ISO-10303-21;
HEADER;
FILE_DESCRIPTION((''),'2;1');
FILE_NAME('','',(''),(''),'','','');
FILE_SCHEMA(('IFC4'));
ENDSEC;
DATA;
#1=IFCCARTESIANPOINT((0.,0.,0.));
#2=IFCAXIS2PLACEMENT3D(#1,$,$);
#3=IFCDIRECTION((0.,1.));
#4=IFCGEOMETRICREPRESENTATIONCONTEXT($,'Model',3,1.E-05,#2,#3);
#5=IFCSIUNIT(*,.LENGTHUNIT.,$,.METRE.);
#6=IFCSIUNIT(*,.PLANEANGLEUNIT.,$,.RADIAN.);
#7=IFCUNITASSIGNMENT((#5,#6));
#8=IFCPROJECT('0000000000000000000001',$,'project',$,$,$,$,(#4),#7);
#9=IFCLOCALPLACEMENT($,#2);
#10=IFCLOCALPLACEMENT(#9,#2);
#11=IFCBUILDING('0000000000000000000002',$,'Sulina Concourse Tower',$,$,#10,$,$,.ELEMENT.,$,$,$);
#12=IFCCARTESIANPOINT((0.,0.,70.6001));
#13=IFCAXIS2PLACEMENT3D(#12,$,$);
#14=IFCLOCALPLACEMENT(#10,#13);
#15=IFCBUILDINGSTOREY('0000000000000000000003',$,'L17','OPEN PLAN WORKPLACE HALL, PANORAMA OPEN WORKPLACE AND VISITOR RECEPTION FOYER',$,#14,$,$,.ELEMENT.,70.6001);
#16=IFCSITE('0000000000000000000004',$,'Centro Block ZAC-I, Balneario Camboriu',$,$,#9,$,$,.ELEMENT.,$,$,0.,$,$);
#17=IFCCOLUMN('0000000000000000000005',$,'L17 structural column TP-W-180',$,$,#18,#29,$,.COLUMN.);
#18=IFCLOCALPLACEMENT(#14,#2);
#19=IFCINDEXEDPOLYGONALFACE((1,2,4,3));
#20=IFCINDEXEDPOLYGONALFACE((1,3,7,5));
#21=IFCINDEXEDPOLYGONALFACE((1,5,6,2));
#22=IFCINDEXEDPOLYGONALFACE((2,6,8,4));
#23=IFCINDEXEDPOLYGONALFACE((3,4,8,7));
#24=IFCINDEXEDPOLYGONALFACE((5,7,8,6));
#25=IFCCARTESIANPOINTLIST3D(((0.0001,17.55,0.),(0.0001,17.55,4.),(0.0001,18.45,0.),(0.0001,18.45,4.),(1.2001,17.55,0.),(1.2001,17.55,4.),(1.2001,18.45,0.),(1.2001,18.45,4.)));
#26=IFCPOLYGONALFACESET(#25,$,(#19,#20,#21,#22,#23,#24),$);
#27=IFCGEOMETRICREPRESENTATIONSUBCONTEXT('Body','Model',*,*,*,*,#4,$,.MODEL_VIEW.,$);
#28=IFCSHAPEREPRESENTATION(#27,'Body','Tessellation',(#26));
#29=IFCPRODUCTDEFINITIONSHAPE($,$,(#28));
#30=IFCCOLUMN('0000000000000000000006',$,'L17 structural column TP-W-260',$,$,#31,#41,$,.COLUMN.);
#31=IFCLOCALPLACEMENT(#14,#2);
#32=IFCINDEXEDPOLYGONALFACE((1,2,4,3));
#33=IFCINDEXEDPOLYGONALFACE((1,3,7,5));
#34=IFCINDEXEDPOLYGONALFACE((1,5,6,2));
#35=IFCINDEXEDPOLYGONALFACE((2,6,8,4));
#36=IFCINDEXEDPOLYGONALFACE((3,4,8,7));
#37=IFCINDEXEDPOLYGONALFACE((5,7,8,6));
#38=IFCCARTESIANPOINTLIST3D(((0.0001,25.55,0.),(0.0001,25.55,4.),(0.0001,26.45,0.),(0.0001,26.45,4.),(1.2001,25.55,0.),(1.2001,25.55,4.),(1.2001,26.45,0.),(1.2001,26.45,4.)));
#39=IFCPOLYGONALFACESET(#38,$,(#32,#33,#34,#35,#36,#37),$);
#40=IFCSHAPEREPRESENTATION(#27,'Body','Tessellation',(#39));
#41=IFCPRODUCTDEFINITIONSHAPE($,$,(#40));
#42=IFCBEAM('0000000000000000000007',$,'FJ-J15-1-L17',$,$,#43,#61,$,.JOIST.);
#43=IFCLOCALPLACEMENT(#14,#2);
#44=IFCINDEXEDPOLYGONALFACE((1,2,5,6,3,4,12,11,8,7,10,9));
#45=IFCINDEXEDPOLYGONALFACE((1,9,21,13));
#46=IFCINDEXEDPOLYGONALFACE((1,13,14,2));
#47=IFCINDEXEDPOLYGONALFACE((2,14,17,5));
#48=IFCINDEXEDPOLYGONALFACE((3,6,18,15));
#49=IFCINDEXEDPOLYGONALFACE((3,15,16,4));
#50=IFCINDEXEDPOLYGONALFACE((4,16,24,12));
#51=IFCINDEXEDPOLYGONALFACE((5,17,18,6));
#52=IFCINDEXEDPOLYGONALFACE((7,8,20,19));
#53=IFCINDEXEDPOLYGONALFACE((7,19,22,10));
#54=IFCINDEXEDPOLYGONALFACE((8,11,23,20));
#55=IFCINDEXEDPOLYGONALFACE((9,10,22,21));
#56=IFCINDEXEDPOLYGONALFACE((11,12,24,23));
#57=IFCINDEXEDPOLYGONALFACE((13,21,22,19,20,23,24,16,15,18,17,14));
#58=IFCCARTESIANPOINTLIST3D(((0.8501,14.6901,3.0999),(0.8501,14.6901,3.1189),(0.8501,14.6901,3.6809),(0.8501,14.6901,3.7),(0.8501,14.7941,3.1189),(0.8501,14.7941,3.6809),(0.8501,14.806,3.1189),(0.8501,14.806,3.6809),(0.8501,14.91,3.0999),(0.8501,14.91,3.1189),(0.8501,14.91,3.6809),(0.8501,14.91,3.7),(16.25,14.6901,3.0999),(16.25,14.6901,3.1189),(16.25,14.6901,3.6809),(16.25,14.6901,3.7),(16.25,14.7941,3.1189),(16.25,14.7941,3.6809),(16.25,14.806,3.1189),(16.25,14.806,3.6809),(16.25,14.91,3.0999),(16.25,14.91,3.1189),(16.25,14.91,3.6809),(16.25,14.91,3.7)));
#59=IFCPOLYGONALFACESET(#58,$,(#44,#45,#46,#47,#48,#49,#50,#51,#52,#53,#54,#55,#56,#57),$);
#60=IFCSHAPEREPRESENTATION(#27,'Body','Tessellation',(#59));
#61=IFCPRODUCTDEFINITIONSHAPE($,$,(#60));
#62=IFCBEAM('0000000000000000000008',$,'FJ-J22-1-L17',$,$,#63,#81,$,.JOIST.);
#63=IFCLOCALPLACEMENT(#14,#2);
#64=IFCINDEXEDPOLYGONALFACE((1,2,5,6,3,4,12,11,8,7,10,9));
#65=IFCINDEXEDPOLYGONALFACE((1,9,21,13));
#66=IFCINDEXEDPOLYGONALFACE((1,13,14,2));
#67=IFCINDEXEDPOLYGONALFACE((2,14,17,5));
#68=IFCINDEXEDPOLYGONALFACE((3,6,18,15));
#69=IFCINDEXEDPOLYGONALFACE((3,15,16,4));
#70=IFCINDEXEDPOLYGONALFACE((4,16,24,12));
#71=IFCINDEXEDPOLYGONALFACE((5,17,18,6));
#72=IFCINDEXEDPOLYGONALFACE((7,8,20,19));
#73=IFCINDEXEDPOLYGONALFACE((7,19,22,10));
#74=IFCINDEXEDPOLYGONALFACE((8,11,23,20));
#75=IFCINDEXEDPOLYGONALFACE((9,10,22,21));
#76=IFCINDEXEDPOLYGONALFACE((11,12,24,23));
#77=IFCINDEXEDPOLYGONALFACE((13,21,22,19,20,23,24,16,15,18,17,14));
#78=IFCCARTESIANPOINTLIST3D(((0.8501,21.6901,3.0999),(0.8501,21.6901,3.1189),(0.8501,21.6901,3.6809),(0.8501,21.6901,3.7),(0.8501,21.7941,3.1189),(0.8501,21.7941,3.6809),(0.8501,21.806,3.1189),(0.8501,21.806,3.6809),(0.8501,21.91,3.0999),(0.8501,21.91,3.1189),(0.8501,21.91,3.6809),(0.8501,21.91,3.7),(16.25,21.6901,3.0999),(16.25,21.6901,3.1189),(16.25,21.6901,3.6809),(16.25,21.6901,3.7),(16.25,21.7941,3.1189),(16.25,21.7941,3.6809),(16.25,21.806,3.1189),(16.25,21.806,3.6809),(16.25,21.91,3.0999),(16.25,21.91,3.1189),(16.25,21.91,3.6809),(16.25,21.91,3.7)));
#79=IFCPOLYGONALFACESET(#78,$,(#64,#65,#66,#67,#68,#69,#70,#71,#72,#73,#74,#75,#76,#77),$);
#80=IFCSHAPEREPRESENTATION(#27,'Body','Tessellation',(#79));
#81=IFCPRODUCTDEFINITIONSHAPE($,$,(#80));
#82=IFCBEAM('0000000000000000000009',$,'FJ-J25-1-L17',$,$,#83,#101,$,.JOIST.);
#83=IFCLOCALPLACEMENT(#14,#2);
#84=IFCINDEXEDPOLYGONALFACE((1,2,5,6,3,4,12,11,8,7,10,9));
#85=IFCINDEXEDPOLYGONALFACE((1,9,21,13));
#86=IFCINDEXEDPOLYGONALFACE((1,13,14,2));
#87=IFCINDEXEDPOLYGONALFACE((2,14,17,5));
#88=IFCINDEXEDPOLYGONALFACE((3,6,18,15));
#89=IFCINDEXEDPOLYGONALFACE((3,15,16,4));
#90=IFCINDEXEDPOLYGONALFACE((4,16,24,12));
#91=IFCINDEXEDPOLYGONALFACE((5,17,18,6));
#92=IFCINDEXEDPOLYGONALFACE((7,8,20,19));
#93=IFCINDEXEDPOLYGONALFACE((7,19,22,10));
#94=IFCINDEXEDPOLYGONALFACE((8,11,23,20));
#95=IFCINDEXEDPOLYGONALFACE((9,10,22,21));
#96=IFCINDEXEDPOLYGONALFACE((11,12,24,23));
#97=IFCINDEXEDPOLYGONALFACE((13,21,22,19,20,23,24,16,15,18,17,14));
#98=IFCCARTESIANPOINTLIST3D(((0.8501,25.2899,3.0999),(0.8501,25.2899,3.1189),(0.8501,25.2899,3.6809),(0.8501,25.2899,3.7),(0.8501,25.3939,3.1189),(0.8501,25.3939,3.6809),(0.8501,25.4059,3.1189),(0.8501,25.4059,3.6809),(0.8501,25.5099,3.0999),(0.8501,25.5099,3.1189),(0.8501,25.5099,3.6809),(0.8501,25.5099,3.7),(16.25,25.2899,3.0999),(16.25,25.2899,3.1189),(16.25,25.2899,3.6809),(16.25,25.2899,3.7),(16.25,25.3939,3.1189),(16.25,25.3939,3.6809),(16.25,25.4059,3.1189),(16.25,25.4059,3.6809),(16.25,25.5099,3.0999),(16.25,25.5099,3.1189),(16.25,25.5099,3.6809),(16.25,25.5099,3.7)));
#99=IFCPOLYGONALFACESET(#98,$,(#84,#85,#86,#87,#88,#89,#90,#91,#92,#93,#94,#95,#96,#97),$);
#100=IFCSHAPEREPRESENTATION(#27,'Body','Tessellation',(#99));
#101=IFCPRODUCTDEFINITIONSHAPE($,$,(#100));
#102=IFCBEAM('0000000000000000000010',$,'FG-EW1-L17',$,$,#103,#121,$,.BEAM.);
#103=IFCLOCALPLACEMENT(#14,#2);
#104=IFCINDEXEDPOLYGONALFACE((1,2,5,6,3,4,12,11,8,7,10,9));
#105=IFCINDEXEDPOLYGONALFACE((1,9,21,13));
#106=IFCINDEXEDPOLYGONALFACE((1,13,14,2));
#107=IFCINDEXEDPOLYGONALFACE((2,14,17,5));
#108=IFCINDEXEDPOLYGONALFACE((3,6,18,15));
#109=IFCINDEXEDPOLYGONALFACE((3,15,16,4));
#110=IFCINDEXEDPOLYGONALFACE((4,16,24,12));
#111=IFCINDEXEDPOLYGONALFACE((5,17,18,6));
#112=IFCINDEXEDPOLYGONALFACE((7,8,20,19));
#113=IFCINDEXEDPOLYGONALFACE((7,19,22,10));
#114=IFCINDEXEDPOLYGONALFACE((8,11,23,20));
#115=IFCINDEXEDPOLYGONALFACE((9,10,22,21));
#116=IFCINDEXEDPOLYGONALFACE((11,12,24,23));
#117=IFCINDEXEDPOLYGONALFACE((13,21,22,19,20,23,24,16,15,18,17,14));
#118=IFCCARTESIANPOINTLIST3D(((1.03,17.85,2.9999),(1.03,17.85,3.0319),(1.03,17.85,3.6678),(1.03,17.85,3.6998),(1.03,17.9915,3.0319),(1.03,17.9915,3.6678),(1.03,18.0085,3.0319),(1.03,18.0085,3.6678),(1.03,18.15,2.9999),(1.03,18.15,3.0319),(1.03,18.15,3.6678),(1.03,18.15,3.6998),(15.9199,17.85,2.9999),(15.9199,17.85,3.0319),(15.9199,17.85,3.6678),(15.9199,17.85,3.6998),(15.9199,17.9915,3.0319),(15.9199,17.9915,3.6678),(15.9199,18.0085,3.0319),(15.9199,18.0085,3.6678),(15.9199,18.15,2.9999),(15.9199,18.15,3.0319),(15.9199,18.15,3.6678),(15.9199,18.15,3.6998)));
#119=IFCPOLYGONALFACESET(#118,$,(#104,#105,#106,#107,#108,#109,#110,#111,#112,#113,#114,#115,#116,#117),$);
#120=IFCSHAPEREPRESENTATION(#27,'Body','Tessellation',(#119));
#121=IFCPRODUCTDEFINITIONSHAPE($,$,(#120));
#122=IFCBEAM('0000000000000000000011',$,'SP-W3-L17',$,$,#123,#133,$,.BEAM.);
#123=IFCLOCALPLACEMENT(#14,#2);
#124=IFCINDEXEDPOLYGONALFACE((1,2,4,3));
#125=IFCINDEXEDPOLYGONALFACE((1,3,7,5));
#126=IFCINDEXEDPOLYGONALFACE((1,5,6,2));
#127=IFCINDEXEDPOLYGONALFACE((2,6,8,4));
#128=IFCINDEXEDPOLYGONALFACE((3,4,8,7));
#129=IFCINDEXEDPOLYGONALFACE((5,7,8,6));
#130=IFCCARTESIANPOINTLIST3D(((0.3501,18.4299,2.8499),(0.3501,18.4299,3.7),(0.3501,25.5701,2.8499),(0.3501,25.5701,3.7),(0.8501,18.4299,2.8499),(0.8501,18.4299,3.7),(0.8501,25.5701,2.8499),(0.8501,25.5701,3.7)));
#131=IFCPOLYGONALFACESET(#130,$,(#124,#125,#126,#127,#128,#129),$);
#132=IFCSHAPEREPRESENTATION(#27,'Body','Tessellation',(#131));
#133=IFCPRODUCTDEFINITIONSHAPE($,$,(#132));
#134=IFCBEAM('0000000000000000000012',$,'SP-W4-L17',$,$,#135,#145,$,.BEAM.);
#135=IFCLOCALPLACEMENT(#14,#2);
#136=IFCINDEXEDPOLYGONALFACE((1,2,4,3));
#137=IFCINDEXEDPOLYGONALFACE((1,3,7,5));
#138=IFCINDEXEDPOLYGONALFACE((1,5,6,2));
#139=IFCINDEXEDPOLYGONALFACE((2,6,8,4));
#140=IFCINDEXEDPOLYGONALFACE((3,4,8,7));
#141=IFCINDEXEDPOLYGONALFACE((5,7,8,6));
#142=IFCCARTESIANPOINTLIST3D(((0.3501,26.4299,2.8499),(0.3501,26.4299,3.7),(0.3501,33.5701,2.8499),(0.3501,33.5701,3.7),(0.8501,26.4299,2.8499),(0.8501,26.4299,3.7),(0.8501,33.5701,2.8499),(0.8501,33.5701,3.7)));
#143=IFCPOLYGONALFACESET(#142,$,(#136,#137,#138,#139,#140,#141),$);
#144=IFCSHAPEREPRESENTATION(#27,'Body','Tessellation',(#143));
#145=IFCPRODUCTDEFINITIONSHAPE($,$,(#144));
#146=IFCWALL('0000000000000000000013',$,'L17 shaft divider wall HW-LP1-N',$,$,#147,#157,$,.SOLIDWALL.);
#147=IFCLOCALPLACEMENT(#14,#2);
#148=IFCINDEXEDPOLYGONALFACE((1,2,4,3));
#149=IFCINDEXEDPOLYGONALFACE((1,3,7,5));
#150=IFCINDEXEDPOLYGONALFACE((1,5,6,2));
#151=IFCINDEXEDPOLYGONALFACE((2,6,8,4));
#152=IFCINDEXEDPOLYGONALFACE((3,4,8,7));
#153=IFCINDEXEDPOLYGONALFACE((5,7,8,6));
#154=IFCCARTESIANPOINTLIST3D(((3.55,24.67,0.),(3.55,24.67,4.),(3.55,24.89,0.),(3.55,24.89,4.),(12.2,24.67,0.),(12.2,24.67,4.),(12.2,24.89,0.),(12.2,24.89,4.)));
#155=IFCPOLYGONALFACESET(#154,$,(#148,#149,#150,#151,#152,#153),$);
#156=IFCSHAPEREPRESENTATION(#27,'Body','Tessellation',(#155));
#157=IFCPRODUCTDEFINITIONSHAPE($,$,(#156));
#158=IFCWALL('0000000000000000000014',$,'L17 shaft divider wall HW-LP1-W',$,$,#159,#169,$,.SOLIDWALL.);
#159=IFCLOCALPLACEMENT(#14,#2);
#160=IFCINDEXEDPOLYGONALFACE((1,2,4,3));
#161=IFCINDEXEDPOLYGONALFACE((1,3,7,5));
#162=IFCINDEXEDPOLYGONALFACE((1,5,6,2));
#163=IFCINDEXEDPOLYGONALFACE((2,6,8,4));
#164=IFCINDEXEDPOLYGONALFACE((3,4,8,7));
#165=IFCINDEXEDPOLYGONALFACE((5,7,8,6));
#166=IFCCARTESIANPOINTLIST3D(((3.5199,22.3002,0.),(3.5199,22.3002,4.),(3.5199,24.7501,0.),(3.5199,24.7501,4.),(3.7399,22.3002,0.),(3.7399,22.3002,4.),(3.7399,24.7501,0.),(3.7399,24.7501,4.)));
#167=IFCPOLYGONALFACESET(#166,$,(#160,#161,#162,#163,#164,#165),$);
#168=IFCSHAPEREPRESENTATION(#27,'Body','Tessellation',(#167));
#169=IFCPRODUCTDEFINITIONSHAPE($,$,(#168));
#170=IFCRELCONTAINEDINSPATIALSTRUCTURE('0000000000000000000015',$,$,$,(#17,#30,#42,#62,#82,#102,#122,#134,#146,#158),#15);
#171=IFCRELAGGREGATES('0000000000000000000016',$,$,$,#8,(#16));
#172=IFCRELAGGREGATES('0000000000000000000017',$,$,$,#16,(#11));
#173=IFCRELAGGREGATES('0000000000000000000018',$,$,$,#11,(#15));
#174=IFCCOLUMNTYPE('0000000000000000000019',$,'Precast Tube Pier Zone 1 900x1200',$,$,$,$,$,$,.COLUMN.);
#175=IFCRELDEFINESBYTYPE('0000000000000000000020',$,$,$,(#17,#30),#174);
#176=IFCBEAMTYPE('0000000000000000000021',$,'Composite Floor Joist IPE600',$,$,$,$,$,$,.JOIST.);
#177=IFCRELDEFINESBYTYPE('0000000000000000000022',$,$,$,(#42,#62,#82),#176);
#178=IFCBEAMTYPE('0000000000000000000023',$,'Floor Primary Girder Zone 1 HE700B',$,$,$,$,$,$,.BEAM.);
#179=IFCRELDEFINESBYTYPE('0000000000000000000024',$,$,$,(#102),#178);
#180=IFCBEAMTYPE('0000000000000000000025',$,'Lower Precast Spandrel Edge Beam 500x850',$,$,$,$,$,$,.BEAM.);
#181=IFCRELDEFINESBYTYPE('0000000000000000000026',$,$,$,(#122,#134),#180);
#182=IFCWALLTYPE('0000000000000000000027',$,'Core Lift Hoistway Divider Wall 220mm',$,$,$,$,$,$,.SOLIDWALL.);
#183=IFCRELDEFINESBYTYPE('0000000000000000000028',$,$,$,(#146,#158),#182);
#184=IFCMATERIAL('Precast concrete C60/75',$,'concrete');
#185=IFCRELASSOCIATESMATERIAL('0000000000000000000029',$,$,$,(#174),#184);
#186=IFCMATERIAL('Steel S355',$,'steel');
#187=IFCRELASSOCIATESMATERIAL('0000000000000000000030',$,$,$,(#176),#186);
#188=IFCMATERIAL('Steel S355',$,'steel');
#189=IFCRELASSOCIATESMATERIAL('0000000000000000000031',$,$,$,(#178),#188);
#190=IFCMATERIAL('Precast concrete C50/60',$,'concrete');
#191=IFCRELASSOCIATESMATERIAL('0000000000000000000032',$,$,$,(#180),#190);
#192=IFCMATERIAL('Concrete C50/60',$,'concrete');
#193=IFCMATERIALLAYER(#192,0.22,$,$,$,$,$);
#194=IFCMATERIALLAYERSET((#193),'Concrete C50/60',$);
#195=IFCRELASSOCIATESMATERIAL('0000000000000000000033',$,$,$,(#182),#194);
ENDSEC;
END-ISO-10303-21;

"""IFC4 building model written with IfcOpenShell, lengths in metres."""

from ifc_helpers import new_model, si_unit, direction, frame, frame_2d, origin, origin_2d, place, context, subcontext, project, spatial, rectangle, i_section, extrude, material, layer, layer_set, material_profile, profile_set, type_object, element, save


model = new_model("IFC4")

# Units and contexts
model_context = context("Model", 3, precision=1e-05, world=origin(), true_north=direction((0.0, 1.0)))
body_context = subcontext(model_context, "Body", "Model", "MODEL_VIEW")
ifc_project = project(units=[si_unit("LENGTHUNIT", "METRE"), si_unit("PLANEANGLEUNIT", "RADIAN")], contexts=[model_context])

# Site, building, storey
site_placement = place(None, origin())
site = spatial("IfcSite", under=ifc_project, at=site_placement, Name="Centro Block ZAC-I, Balneario Camboriu", CompositionType="ELEMENT", RefElevation=0.0)
building_placement = place(site_placement, origin())
building = spatial("IfcBuilding", under=site, at=building_placement, Name="Sulina Concourse Tower", CompositionType="ELEMENT")
storey_placement = place(building_placement, frame((0.0, 0.0, 70.6001)))
storey = spatial("IfcBuildingStorey", under=building, at=storey_placement, Name="L17", Description="OPEN PLAN WORKPLACE HALL, PANORAMA OPEN WORKPLACE AND VISITOR RECEPTION FOYER", CompositionType="ELEMENT", Elevation=70.6001)

# Columns
ifc_material_1 = material(Name="Precast concrete C60/75", Category="concrete")
ifc_material_profile_1 = material_profile(ifc_material_1, rectangle(XDim=0.8999, YDim=1.2, at=origin_2d()), Name="PC 900x1200")
ifc_profile_set_1 = profile_set([ifc_material_profile_1], Name="Precast concrete C60/75")
column_type = type_object("IfcColumnType", Name="Precast Tube Pier Zone 1 900x1200", PredefinedType="COLUMN", material=ifc_profile_set_1)
for number, where, z_axis, x_axis, name in (
    (1, (0.6001, 18.0, 0.0), (0.0, 0.0, 1.0), (0.0, 1.0, 0.0), "L17 structural column TP-W-180"),
    (2, (0.6001, 26.0, 0.0), (0.0, 0.0, 1.0), (0.0, 1.0, 0.0), "L17 structural column TP-W-260"),
):
    element("IfcColumn", number, at=place(storey_placement, frame(where, z_axis=z_axis, x_axis=x_axis)), inside=storey, type_object=column_type, Name=name, PredefinedType="COLUMN", context=body_context, shape_type="SweptSolid", body=[
        extrude(rectangle(XDim=0.8999, YDim=1.2, at=origin_2d()), origin(), (0.0, 0.0, 1.0), 4.0),
    ])

# Beams
ifc_material_2 = material(Name="Steel S355", Category="steel")
ifc_material_profile_2 = material_profile(ifc_material_2, i_section(OverallWidth=0.22, OverallDepth=0.6001, WebThickness=0.012, FlangeThickness=0.019, at=origin_2d()), Name="IPE 600")
ifc_profile_set_2 = profile_set([ifc_material_profile_2], Name="Steel S355")
beam_type_1 = type_object("IfcBeamType", Name="Composite Floor Joist IPE600", PredefinedType="JOIST", material=ifc_profile_set_2)
for number, where, z_axis, x_axis, name in (
    (3, (0.8501, 14.8, 3.3999), (1.0, 0.0, 0.0), (0.0, 1.0, 0.0), "FJ-J15-1-L17"),
    (4, (0.8501, 21.8, 3.3999), (1.0, 0.0, 0.0), (0.0, 1.0, 0.0), "FJ-J22-1-L17"),
    (5, (0.8501, 25.3999, 3.3999), (1.0, 0.0, 0.0), (0.0, 1.0, 0.0), "FJ-J25-1-L17"),
):
    element("IfcBeam", number, at=place(storey_placement, frame(where, z_axis=z_axis, x_axis=x_axis)), inside=storey, type_object=beam_type_1, Name=name, PredefinedType="JOIST", context=body_context, shape_type="SweptSolid", body=[
        extrude(i_section(OverallWidth=0.22, OverallDepth=0.6001, WebThickness=0.012, FlangeThickness=0.019, at=origin_2d()), origin(), (0.0, 0.0, 1.0), 15.3999),
    ])
ifc_material_3 = material(Name="Steel S355", Category="steel")
ifc_material_profile_3 = material_profile(ifc_material_3, i_section(OverallWidth=0.3, OverallDepth=0.7, WebThickness=0.0171, FlangeThickness=0.032, at=origin_2d()), Name="HE 700 B")
ifc_profile_set_3 = profile_set([ifc_material_profile_3], Name="Steel S355")
beam_type_2 = type_object("IfcBeamType", Name="Floor Primary Girder Zone 1 HE700B", PredefinedType="BEAM", material=ifc_profile_set_3)
beam_placement = place(storey_placement, frame((1.03, 18.0, 3.3499), z_axis=(1.0, 0.0, 0.0), x_axis=(0.0, 1.0, 0.0)))
element("IfcBeam", 6, at=beam_placement, inside=storey, type_object=beam_type_2, Name="FG-EW1-L17", PredefinedType="BEAM", context=body_context, shape_type="SweptSolid", body=[
    extrude(i_section(OverallWidth=0.3, OverallDepth=0.7, WebThickness=0.0171, FlangeThickness=0.032, at=origin_2d()), origin(), (0.0, 0.0, 1.0), 14.8899),
])
ifc_material_4 = material(Name="Precast concrete C50/60", Category="concrete")
ifc_material_profile_4 = material_profile(ifc_material_4, rectangle(XDim=0.5, YDim=0.8501, at=origin_2d()), Name="RC 500x850")
ifc_profile_set_4 = profile_set([ifc_material_profile_4], Name="Precast concrete C50/60")
beam_type_3 = type_object("IfcBeamType", Name="Lower Precast Spandrel Edge Beam 500x850", PredefinedType="BEAM", material=ifc_profile_set_4)
for number, where, z_axis, x_axis, name in (
    (7, (0.6001, 18.4299, 3.2749), (0.0, 1.0, 0.0), (-1.0, 0.0, 0.0), "SP-W3-L17"),
    (8, (0.6001, 26.4299, 3.2749), (0.0, 1.0, 0.0), (-1.0, 0.0, 0.0), "SP-W4-L17"),
):
    element("IfcBeam", number, at=place(storey_placement, frame(where, z_axis=z_axis, x_axis=x_axis)), inside=storey, type_object=beam_type_3, Name=name, PredefinedType="BEAM", context=body_context, shape_type="SweptSolid", body=[
        extrude(rectangle(XDim=0.5, YDim=0.8501, at=origin_2d()), origin(), (0.0, 0.0, 1.0), 7.1401),
    ])

# Walls
ifc_material_5 = material(Name="Concrete C50/60", Category="concrete")
ifc_layer_1 = layer(ifc_material_5, 0.22)
ifc_layer_set_1 = layer_set([ifc_layer_1], Name="Concrete C50/60")
wall_type_1 = type_object("IfcWallType", Name="Core Lift Hoistway Divider Wall 220mm", PredefinedType="SOLIDWALL", material=ifc_layer_set_1)
wall_1_placement = place(storey_placement, frame((3.55, 24.78, 0.0), z_axis=(0.0, 0.0, 1.0), x_axis=(1.0, 0.0, 0.0)))
element("IfcWall", 9, at=wall_1_placement, inside=storey, type_object=wall_type_1, Name="L17 shaft divider wall HW-LP1-N", PredefinedType="SOLIDWALL", context=body_context, shape_type="SweptSolid", body=[
    extrude(rectangle(XDim=8.6499, YDim=0.22, at=frame_2d((4.325, 0.0))), origin(), (0.0, 0.0, 1.0), 4.0),
])
wall_2_placement = place(storey_placement, frame((3.6299, 22.3, 0.0), z_axis=(0.0, 0.0, 1.0), x_axis=(0.0, 1.0, 0.0)))
element("IfcWall", 10, at=wall_2_placement, inside=storey, type_object=wall_type_1, Name="L17 shaft divider wall HW-LP1-W", PredefinedType="SOLIDWALL", context=body_context, shape_type="SweptSolid", body=[
    extrude(rectangle(XDim=2.45, YDim=0.22, at=frame_2d((1.2251, 0.0))), origin(), (0.0, 0.0, 1.0), 4.0),
])

save(model, "model.ifc")
